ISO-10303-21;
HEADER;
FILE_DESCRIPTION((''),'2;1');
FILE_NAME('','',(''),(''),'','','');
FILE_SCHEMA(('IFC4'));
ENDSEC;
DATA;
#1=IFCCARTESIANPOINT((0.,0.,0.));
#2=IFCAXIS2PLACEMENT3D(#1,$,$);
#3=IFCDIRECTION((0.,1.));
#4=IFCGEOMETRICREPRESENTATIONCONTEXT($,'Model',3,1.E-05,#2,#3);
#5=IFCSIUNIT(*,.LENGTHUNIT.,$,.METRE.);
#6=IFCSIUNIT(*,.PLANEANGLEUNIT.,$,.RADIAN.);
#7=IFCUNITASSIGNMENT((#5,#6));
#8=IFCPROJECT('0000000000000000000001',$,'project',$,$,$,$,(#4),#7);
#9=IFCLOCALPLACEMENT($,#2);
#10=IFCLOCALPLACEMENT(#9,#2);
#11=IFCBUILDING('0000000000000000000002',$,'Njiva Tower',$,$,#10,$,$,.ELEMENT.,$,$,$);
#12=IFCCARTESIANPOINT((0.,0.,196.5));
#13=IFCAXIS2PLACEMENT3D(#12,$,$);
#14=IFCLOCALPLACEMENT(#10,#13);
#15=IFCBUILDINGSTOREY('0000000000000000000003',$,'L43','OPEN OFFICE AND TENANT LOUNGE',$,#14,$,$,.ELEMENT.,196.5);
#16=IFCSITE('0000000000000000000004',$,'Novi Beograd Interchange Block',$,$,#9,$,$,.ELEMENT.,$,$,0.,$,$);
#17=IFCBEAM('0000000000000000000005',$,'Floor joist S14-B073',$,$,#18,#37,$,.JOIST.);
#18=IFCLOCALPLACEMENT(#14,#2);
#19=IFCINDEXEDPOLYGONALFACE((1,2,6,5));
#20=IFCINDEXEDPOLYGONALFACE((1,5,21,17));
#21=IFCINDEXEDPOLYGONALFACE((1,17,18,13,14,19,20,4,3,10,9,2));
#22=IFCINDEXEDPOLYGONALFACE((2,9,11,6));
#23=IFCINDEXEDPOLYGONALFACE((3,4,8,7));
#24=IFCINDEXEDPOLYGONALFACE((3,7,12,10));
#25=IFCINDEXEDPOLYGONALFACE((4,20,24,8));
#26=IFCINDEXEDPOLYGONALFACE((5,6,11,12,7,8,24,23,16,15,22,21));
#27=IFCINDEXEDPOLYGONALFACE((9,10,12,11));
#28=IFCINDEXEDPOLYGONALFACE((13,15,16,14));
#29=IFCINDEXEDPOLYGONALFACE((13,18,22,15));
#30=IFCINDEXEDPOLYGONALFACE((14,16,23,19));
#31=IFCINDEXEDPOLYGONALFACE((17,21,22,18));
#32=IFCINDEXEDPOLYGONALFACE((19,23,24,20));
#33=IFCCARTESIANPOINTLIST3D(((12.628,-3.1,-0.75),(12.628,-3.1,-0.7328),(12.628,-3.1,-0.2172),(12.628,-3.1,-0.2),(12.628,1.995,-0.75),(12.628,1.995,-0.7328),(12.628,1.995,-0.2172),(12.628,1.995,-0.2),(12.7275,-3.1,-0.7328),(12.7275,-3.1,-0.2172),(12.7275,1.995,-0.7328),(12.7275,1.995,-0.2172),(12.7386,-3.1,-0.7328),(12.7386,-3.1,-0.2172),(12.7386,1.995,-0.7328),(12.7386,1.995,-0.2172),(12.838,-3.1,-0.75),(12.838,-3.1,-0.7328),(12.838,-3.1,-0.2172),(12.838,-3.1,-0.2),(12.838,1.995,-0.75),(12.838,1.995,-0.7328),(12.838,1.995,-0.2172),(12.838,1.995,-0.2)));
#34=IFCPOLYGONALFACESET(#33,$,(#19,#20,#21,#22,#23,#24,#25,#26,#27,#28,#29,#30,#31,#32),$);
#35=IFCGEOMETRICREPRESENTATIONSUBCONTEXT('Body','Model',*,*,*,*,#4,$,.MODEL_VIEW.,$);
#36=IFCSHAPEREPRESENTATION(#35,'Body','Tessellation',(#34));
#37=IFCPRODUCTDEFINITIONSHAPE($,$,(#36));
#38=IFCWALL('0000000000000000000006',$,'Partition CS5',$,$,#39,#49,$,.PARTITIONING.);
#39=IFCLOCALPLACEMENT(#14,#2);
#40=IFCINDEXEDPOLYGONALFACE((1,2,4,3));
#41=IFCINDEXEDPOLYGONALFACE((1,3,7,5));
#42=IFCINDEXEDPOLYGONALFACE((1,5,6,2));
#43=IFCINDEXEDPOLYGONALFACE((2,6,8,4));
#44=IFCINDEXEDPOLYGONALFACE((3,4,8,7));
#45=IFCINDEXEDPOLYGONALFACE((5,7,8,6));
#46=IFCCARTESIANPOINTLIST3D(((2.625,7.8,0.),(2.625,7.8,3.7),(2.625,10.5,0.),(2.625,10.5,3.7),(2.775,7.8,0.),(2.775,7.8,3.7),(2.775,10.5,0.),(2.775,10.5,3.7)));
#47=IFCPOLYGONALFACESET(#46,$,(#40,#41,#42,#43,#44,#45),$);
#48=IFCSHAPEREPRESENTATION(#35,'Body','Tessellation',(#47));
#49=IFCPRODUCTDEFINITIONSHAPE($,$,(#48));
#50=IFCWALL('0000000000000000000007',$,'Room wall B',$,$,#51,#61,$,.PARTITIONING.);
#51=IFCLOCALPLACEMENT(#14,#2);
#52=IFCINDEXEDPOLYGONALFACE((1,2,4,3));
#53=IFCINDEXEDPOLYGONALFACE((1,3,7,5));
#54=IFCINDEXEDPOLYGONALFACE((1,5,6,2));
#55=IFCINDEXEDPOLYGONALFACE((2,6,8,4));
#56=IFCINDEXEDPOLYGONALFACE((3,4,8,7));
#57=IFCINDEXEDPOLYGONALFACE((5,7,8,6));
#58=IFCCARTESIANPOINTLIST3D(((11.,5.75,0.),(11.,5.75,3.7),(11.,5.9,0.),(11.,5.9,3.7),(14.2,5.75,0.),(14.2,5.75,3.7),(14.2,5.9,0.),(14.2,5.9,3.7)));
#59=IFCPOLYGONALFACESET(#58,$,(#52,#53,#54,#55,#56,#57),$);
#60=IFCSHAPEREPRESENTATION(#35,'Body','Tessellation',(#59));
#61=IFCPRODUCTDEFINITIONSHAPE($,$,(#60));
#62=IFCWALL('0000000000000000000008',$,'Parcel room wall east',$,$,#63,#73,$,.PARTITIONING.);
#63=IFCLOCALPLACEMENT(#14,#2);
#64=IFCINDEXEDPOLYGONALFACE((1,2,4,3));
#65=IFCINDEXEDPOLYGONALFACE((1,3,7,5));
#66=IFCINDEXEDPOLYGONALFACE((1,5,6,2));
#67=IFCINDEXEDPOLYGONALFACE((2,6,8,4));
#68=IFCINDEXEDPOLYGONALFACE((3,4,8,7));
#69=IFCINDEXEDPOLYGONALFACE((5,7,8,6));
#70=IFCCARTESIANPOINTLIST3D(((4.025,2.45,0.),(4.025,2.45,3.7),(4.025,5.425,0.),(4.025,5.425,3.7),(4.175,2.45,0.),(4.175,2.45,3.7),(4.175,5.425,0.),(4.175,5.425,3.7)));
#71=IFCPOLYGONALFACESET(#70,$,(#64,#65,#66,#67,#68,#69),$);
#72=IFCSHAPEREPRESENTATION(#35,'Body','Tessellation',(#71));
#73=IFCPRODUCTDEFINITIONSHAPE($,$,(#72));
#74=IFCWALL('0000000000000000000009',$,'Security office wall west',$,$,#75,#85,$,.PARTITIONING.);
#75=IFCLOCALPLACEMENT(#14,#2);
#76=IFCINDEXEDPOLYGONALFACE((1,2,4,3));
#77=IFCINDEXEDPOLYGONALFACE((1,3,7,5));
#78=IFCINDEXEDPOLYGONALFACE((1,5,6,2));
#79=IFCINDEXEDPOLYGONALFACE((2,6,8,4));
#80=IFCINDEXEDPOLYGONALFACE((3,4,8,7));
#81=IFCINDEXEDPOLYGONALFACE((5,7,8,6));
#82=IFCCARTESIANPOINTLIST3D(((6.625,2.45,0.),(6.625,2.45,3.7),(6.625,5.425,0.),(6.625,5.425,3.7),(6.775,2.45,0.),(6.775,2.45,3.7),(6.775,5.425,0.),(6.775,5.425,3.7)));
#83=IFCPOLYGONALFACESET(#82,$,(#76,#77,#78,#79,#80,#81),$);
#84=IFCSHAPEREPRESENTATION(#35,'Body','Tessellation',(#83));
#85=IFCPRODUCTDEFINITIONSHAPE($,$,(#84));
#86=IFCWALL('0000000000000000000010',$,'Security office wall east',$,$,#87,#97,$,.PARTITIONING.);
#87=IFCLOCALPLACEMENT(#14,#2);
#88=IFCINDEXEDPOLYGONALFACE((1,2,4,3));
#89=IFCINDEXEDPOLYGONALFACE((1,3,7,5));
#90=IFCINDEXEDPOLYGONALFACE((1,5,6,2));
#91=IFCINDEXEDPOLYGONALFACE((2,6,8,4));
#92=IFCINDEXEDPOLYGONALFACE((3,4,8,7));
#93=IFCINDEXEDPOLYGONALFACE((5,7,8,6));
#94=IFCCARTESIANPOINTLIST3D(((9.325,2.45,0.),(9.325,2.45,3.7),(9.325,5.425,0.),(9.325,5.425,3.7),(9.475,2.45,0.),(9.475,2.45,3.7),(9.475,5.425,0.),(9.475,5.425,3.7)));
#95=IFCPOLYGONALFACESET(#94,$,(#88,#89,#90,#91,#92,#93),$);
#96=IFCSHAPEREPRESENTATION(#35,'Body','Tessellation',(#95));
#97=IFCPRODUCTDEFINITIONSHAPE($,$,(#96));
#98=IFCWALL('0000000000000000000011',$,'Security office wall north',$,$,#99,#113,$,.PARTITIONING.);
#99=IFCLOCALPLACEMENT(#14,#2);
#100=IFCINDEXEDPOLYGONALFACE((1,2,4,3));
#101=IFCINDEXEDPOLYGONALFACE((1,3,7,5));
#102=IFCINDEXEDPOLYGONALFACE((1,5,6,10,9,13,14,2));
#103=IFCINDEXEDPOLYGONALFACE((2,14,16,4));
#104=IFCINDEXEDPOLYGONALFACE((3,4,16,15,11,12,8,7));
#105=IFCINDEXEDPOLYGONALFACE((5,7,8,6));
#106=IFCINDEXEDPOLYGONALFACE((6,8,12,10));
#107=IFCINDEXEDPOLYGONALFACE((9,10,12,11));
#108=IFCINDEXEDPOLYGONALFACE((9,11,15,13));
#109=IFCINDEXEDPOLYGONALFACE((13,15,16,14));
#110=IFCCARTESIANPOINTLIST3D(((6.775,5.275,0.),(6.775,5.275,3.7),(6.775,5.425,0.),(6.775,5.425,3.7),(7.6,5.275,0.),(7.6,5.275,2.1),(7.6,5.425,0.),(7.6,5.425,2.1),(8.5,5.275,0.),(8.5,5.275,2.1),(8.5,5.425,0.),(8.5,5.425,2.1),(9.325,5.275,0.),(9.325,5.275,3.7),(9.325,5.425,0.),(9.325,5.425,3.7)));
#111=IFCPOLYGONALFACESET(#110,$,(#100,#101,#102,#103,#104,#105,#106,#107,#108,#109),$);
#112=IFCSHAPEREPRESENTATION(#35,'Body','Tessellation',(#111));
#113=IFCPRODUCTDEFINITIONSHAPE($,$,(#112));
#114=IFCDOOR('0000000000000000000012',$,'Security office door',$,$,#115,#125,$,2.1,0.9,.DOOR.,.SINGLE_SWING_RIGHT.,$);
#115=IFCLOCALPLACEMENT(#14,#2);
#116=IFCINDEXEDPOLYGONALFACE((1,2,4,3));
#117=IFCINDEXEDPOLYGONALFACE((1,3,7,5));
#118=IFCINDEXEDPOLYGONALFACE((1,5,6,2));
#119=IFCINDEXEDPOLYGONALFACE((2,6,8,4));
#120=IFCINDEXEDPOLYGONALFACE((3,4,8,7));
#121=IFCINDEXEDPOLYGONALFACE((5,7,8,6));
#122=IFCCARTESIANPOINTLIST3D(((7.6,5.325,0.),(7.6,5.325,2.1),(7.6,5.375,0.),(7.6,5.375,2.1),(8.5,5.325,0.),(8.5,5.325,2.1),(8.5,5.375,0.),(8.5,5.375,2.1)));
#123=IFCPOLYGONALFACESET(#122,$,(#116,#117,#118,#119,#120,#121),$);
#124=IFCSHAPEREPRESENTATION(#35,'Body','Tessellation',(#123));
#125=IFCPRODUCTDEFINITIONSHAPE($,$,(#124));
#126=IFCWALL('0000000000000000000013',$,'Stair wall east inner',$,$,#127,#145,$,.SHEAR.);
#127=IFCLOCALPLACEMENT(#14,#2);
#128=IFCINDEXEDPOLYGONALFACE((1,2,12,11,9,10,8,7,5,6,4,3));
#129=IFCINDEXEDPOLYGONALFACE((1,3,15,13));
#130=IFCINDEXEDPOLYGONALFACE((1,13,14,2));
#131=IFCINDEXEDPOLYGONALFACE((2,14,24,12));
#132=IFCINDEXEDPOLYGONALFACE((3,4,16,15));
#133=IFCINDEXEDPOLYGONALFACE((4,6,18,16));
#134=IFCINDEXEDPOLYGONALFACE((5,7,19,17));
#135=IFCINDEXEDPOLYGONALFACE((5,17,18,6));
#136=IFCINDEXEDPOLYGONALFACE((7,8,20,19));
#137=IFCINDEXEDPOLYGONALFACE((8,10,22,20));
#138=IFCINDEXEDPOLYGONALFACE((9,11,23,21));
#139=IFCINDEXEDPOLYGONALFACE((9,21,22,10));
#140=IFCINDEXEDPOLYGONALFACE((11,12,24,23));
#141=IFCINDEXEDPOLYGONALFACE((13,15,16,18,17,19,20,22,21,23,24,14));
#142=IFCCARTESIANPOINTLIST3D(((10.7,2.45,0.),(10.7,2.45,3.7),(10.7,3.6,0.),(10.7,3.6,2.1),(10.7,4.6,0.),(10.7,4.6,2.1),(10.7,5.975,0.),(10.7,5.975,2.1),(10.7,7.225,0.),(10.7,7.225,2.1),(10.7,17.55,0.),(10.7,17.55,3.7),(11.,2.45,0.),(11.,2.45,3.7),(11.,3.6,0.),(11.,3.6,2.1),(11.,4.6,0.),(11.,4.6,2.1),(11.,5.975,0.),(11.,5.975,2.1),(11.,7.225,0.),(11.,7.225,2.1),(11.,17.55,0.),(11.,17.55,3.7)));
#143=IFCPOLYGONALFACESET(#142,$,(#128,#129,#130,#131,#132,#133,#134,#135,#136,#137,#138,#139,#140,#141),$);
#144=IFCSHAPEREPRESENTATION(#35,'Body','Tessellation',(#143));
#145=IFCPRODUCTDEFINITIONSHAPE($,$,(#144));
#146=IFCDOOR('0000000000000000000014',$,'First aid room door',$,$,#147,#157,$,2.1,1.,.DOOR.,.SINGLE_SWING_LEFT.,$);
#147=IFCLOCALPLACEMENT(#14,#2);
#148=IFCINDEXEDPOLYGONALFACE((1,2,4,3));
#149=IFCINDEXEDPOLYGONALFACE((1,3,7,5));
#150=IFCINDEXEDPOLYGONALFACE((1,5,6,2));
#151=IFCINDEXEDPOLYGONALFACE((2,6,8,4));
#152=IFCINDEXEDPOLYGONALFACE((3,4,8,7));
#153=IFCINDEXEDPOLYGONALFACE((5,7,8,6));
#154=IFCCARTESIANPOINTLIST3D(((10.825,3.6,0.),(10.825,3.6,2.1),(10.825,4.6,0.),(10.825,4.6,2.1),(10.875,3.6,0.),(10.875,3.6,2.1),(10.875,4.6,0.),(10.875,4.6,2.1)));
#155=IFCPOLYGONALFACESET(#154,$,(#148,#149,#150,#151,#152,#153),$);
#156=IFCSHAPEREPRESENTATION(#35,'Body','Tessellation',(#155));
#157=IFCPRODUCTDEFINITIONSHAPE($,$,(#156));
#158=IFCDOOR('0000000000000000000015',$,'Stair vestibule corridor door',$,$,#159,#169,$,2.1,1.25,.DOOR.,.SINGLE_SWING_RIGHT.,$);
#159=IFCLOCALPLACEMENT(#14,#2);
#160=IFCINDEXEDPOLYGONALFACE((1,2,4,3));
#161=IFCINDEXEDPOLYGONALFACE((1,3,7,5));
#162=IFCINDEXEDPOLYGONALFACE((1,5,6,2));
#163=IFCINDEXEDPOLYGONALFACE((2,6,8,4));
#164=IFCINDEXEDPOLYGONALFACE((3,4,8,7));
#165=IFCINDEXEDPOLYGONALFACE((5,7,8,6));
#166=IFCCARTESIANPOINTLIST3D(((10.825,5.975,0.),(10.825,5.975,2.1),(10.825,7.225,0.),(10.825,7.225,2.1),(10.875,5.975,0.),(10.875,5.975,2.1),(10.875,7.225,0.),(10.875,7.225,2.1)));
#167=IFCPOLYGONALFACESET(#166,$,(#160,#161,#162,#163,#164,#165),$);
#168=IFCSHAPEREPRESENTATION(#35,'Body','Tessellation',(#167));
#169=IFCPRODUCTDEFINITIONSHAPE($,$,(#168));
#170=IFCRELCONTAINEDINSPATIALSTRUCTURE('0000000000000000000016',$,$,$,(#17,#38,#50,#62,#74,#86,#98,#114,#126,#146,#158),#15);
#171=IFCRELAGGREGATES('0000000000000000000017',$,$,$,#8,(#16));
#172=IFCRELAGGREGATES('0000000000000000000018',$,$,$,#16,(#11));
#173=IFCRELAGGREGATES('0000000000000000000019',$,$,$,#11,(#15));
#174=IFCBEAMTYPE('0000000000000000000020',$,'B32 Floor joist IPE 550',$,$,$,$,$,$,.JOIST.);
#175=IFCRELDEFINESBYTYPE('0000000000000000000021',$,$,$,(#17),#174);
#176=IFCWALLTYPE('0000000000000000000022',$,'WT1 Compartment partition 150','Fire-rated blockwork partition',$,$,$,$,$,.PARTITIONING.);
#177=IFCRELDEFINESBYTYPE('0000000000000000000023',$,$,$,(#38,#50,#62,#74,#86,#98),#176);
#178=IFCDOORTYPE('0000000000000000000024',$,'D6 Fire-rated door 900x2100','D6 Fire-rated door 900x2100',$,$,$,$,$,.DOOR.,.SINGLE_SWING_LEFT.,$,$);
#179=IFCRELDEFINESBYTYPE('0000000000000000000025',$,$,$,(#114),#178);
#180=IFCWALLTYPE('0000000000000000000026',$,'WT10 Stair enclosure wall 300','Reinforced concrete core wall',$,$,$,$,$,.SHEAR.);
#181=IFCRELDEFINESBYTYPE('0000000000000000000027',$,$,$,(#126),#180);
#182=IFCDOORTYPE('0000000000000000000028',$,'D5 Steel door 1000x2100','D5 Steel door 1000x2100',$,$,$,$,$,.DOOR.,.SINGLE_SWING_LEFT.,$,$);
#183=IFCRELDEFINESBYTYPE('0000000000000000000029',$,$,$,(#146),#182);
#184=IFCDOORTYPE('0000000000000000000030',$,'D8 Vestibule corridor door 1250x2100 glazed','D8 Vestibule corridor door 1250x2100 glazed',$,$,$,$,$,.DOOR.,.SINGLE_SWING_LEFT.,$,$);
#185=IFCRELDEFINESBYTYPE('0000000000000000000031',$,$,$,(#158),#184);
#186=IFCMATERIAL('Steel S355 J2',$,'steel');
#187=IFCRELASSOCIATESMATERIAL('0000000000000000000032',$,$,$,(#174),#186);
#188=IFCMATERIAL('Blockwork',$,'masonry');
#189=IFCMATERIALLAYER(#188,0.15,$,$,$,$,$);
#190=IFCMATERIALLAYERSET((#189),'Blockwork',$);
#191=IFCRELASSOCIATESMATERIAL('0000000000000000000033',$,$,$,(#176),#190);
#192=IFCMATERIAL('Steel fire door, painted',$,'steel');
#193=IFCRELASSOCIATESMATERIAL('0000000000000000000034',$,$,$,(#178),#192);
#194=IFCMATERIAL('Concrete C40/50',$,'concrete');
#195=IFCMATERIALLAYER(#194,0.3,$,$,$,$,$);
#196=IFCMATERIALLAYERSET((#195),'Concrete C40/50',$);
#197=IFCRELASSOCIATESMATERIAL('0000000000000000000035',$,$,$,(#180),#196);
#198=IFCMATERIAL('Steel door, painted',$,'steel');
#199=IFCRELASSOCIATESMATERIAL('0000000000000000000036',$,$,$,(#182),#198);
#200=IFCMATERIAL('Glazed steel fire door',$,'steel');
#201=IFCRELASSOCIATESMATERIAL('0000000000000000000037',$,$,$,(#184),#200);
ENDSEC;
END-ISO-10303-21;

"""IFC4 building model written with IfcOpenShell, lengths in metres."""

from ifc_helpers import new_model, si_unit, direction, frame, frame_2d, origin, origin_2d, place, context, subcontext, project, spatial, rectangle, i_section, extrude, material, layer, layer_set, material_profile, profile_set, type_object, element, fill, save


model = new_model("IFC4")

# Units and contexts
model_context = context("Model", 3, precision=1e-05, world=origin(), true_north=direction((0.0, 1.0)))
body_context = subcontext(model_context, "Body", "Model", "MODEL_VIEW")
ifc_project = project(units=[si_unit("LENGTHUNIT", "METRE"), si_unit("PLANEANGLEUNIT", "RADIAN")], contexts=[model_context])

# Site, building, storey
site_placement = place(None, origin())
site = spatial("IfcSite", under=ifc_project, at=site_placement, Name="Novi Beograd Interchange Block", CompositionType="ELEMENT", RefElevation=0.0)
building_placement = place(site_placement, origin())
building = spatial("IfcBuilding", under=site, at=building_placement, Name="Njiva Tower", CompositionType="ELEMENT")
storey_placement = place(building_placement, frame((0.0, 0.0, 196.5)))
storey = spatial("IfcBuildingStorey", under=building, at=storey_placement, Name="L43", Description="OPEN OFFICE AND TENANT LOUNGE", CompositionType="ELEMENT", Elevation=196.5)

# Beam
ifc_material_1 = material(Name="Steel S355 J2", Category="steel")
ifc_material_profile = material_profile(ifc_material_1, i_section(OverallWidth=0.21, OverallDepth=0.55, WebThickness=0.0111, FlangeThickness=0.0172, at=origin_2d()), Name="IPE 550")
ifc_profile_set = profile_set([ifc_material_profile], Name="Steel S355 J2")
beam_type = type_object("IfcBeamType", Name="B32 Floor joist IPE 550", PredefinedType="JOIST", material=ifc_profile_set)
beam_placement = place(storey_placement, frame((12.733, 1.995, -0.475), z_axis=(0.0, -1.0, 0.0), x_axis=(1.0, 0.0, 0.0)))
element("IfcBeam", 1, at=beam_placement, inside=storey, type_object=beam_type, Name="Floor joist S14-B073", PredefinedType="JOIST", context=body_context, shape_type="SweptSolid", body=[
    extrude(i_section(OverallWidth=0.21, OverallDepth=0.55, WebThickness=0.0111, FlangeThickness=0.0172, at=origin_2d()), origin(), (0.0, 0.0, 1.0), 5.095),
])

# Walls
ifc_material_2 = material(Name="Blockwork", Category="masonry")
ifc_layer_1 = layer(ifc_material_2, 0.15)
ifc_layer_set_1 = layer_set([ifc_layer_1], Name="Blockwork")
wall_type_1 = type_object("IfcWallType", Name="WT1 Compartment partition 150", Description="Fire-rated blockwork partition", PredefinedType="PARTITIONING", material=ifc_layer_set_1)
wall_1_placement = place(storey_placement, frame((2.7, 7.8, 0.0), z_axis=(0.0, 0.0, 1.0), x_axis=(0.0, 1.0, 0.0)))
element("IfcWall", 2, at=wall_1_placement, inside=storey, type_object=wall_type_1, Name="Partition CS5", PredefinedType="PARTITIONING", context=body_context, shape_type="SweptSolid", body=[
    extrude(rectangle(XDim=2.7, YDim=0.15, at=frame_2d((1.35, 0.0))), origin(), (0.0, 0.0, 1.0), 3.7),
])
wall_2_placement = place(storey_placement, frame((11.0, 5.825, 0.0), z_axis=(0.0, 0.0, 1.0), x_axis=(1.0, 0.0, 0.0)))
element("IfcWall", 3, at=wall_2_placement, inside=storey, type_object=wall_type_1, Name="Room wall B", PredefinedType="PARTITIONING", context=body_context, shape_type="SweptSolid", body=[
    extrude(rectangle(XDim=3.2, YDim=0.15, at=frame_2d((1.6, 0.0))), origin(), (0.0, 0.0, 1.0), 3.7),
])
for number, where, z_axis, x_axis, name in (
    (4, (4.1, 2.45, 0.0), (0.0, 0.0, 1.0), (0.0, 1.0, 0.0), "Parcel room wall east"),
    (5, (6.7, 2.45, 0.0), (0.0, 0.0, 1.0), (0.0, 1.0, 0.0), "Security office wall west"),
    (6, (9.4, 2.45, 0.0), (0.0, 0.0, 1.0), (0.0, 1.0, 0.0), "Security office wall east"),
):
    element("IfcWall", number, at=place(storey_placement, frame(where, z_axis=z_axis, x_axis=x_axis)), inside=storey, type_object=wall_type_1, Name=name, PredefinedType="PARTITIONING", context=body_context, shape_type="SweptSolid", body=[
        extrude(rectangle(XDim=2.975, YDim=0.15, at=frame_2d((1.4875, 0.0))), origin(), (0.0, 0.0, 1.0), 3.7),
    ])

# Wall, opening, door
wall_3_placement = place(storey_placement, frame((6.775, 5.35, 0.0), z_axis=(0.0, 0.0, 1.0), x_axis=(1.0, 0.0, 0.0)))
wall_3 = element("IfcWall", 7, at=wall_3_placement, inside=storey, type_object=wall_type_1, Name="Security office wall north", PredefinedType="PARTITIONING", context=body_context, shape_type="SweptSolid", body=[
    extrude(rectangle(XDim=2.55, YDim=0.15, at=frame_2d((1.275, 0.0))), origin(), (0.0, 0.0, 1.0), 3.7),
])
opening_1_placement = place(wall_3_placement, frame((0.825, 0.0, 0.0)))
opening_1 = element("IfcOpeningElement", 8, at=opening_1_placement, cuts=wall_3, PredefinedType="OPENING", context=body_context, shape_type="SweptSolid", body=[
    extrude(rectangle(XDim=0.9, YDim=2.1, at=frame_2d((0.45, 1.05))), frame((0.0, 0.085, 0.0), z_axis=(0.0, -1.0, 0.0), x_axis=(1.0, 0.0, 0.0)), (0.0, 0.0, 1.0), 0.17),
])
ifc_material_3 = material(Name="Steel fire door, painted", Category="steel")
door_type_1 = type_object("IfcDoorType", Name="D6 Fire-rated door 900x2100", Description="D6 Fire-rated door 900x2100", OperationType="SINGLE_SWING_LEFT", PredefinedType="DOOR", material=ifc_material_3)
door_1_placement = place(opening_1_placement, origin())
door_1 = element("IfcDoor", 9, at=door_1_placement, inside=storey, type_object=door_type_1, Name="Security office door", OperationType="SINGLE_SWING_RIGHT", OverallHeight=2.1, OverallWidth=0.9, PredefinedType="DOOR", context=body_context, shape_type="SweptSolid", body=[
    extrude(rectangle(XDim=0.9, YDim=2.1, at=frame_2d((0.45, 1.05))), frame((0.0, 0.025, 0.0), z_axis=(0.0, -1.0, 0.0), x_axis=(1.0, 0.0, 0.0)), (0.0, 0.0, 1.0), 0.05),
])
fill(opening_1, door_1)

# Wall, openings, doors
ifc_material_4 = material(Name="Concrete C40/50", Category="concrete")
ifc_layer_2 = layer(ifc_material_4, 0.3)
ifc_layer_set_2 = layer_set([ifc_layer_2], Name="Concrete C40/50")
wall_type_2 = type_object("IfcWallType", Name="WT10 Stair enclosure wall 300", Description="Reinforced concrete core wall", PredefinedType="SHEAR", material=ifc_layer_set_2)
wall_4_placement = place(storey_placement, frame((10.85, 2.45, 0.0), z_axis=(0.0, 0.0, 1.0), x_axis=(0.0, 1.0, 0.0)))
wall_4 = element("IfcWall", 10, at=wall_4_placement, inside=storey, type_object=wall_type_2, Name="Stair wall east inner", PredefinedType="SHEAR", context=body_context, shape_type="SweptSolid", body=[
    extrude(rectangle(XDim=15.1, YDim=0.3, at=frame_2d((7.55, 0.0))), origin(), (0.0, 0.0, 1.0), 3.7),
])
opening_2_placement = place(wall_4_placement, frame((3.525, 0.0, 0.0)))
opening_2 = element("IfcOpeningElement", 11, at=opening_2_placement, cuts=wall_4, PredefinedType="OPENING", context=body_context, shape_type="SweptSolid", body=[
    extrude(rectangle(XDim=1.25, YDim=2.1, at=frame_2d((0.625, 1.05))), frame((0.0, 0.16, 0.0), z_axis=(0.0, -1.0, 0.0), x_axis=(1.0, 0.0, 0.0)), (0.0, 0.0, 1.0), 0.32),
])
opening_3_placement = place(wall_4_placement, frame((1.15, 0.0, 0.0)))
opening_3 = element("IfcOpeningElement", 12, at=opening_3_placement, cuts=wall_4, PredefinedType="OPENING", context=body_context, shape_type="SweptSolid", body=[
    extrude(rectangle(XDim=1.0, YDim=2.1, at=frame_2d((0.5, 1.05))), frame((0.0, 0.16, 0.0), z_axis=(0.0, -1.0, 0.0), x_axis=(1.0, 0.0, 0.0)), (0.0, 0.0, 1.0), 0.32),
])
ifc_material_5 = material(Name="Steel door, painted", Category="steel")
door_type_2 = type_object("IfcDoorType", Name="D5 Steel door 1000x2100", Description="D5 Steel door 1000x2100", OperationType="SINGLE_SWING_LEFT", PredefinedType="DOOR", material=ifc_material_5)
door_2_placement = place(opening_3_placement, origin())
door_2 = element("IfcDoor", 13, at=door_2_placement, inside=storey, type_object=door_type_2, Name="First aid room door", OperationType="SINGLE_SWING_LEFT", OverallHeight=2.1, OverallWidth=1.0, PredefinedType="DOOR", context=body_context, shape_type="SweptSolid", body=[
    extrude(rectangle(XDim=1.0, YDim=2.1, at=frame_2d((0.5, 1.05))), frame((0.0, 0.025, 0.0), z_axis=(0.0, -1.0, 0.0), x_axis=(1.0, 0.0, 0.0)), (0.0, 0.0, 1.0), 0.05),
])
fill(opening_3, door_2)
ifc_material_6 = material(Name="Glazed steel fire door", Category="steel")
door_type_3 = type_object("IfcDoorType", Name="D8 Vestibule corridor door 1250x2100 glazed", Description="D8 Vestibule corridor door 1250x2100 glazed", OperationType="SINGLE_SWING_LEFT", PredefinedType="DOOR", material=ifc_material_6)
door_3_placement = place(opening_2_placement, origin())
door_3 = element("IfcDoor", 14, at=door_3_placement, inside=storey, type_object=door_type_3, Name="Stair vestibule corridor door", OperationType="SINGLE_SWING_RIGHT", OverallHeight=2.1, OverallWidth=1.25, PredefinedType="DOOR", context=body_context, shape_type="SweptSolid", body=[
    extrude(rectangle(XDim=1.25, YDim=2.1, at=frame_2d((0.625, 1.05))), frame((0.0, 0.025, 0.0), z_axis=(0.0, -1.0, 0.0), x_axis=(1.0, 0.0, 0.0)), (0.0, 0.0, 1.0), 0.05),
])
fill(opening_2, door_3)

save(model, "model.ifc")
